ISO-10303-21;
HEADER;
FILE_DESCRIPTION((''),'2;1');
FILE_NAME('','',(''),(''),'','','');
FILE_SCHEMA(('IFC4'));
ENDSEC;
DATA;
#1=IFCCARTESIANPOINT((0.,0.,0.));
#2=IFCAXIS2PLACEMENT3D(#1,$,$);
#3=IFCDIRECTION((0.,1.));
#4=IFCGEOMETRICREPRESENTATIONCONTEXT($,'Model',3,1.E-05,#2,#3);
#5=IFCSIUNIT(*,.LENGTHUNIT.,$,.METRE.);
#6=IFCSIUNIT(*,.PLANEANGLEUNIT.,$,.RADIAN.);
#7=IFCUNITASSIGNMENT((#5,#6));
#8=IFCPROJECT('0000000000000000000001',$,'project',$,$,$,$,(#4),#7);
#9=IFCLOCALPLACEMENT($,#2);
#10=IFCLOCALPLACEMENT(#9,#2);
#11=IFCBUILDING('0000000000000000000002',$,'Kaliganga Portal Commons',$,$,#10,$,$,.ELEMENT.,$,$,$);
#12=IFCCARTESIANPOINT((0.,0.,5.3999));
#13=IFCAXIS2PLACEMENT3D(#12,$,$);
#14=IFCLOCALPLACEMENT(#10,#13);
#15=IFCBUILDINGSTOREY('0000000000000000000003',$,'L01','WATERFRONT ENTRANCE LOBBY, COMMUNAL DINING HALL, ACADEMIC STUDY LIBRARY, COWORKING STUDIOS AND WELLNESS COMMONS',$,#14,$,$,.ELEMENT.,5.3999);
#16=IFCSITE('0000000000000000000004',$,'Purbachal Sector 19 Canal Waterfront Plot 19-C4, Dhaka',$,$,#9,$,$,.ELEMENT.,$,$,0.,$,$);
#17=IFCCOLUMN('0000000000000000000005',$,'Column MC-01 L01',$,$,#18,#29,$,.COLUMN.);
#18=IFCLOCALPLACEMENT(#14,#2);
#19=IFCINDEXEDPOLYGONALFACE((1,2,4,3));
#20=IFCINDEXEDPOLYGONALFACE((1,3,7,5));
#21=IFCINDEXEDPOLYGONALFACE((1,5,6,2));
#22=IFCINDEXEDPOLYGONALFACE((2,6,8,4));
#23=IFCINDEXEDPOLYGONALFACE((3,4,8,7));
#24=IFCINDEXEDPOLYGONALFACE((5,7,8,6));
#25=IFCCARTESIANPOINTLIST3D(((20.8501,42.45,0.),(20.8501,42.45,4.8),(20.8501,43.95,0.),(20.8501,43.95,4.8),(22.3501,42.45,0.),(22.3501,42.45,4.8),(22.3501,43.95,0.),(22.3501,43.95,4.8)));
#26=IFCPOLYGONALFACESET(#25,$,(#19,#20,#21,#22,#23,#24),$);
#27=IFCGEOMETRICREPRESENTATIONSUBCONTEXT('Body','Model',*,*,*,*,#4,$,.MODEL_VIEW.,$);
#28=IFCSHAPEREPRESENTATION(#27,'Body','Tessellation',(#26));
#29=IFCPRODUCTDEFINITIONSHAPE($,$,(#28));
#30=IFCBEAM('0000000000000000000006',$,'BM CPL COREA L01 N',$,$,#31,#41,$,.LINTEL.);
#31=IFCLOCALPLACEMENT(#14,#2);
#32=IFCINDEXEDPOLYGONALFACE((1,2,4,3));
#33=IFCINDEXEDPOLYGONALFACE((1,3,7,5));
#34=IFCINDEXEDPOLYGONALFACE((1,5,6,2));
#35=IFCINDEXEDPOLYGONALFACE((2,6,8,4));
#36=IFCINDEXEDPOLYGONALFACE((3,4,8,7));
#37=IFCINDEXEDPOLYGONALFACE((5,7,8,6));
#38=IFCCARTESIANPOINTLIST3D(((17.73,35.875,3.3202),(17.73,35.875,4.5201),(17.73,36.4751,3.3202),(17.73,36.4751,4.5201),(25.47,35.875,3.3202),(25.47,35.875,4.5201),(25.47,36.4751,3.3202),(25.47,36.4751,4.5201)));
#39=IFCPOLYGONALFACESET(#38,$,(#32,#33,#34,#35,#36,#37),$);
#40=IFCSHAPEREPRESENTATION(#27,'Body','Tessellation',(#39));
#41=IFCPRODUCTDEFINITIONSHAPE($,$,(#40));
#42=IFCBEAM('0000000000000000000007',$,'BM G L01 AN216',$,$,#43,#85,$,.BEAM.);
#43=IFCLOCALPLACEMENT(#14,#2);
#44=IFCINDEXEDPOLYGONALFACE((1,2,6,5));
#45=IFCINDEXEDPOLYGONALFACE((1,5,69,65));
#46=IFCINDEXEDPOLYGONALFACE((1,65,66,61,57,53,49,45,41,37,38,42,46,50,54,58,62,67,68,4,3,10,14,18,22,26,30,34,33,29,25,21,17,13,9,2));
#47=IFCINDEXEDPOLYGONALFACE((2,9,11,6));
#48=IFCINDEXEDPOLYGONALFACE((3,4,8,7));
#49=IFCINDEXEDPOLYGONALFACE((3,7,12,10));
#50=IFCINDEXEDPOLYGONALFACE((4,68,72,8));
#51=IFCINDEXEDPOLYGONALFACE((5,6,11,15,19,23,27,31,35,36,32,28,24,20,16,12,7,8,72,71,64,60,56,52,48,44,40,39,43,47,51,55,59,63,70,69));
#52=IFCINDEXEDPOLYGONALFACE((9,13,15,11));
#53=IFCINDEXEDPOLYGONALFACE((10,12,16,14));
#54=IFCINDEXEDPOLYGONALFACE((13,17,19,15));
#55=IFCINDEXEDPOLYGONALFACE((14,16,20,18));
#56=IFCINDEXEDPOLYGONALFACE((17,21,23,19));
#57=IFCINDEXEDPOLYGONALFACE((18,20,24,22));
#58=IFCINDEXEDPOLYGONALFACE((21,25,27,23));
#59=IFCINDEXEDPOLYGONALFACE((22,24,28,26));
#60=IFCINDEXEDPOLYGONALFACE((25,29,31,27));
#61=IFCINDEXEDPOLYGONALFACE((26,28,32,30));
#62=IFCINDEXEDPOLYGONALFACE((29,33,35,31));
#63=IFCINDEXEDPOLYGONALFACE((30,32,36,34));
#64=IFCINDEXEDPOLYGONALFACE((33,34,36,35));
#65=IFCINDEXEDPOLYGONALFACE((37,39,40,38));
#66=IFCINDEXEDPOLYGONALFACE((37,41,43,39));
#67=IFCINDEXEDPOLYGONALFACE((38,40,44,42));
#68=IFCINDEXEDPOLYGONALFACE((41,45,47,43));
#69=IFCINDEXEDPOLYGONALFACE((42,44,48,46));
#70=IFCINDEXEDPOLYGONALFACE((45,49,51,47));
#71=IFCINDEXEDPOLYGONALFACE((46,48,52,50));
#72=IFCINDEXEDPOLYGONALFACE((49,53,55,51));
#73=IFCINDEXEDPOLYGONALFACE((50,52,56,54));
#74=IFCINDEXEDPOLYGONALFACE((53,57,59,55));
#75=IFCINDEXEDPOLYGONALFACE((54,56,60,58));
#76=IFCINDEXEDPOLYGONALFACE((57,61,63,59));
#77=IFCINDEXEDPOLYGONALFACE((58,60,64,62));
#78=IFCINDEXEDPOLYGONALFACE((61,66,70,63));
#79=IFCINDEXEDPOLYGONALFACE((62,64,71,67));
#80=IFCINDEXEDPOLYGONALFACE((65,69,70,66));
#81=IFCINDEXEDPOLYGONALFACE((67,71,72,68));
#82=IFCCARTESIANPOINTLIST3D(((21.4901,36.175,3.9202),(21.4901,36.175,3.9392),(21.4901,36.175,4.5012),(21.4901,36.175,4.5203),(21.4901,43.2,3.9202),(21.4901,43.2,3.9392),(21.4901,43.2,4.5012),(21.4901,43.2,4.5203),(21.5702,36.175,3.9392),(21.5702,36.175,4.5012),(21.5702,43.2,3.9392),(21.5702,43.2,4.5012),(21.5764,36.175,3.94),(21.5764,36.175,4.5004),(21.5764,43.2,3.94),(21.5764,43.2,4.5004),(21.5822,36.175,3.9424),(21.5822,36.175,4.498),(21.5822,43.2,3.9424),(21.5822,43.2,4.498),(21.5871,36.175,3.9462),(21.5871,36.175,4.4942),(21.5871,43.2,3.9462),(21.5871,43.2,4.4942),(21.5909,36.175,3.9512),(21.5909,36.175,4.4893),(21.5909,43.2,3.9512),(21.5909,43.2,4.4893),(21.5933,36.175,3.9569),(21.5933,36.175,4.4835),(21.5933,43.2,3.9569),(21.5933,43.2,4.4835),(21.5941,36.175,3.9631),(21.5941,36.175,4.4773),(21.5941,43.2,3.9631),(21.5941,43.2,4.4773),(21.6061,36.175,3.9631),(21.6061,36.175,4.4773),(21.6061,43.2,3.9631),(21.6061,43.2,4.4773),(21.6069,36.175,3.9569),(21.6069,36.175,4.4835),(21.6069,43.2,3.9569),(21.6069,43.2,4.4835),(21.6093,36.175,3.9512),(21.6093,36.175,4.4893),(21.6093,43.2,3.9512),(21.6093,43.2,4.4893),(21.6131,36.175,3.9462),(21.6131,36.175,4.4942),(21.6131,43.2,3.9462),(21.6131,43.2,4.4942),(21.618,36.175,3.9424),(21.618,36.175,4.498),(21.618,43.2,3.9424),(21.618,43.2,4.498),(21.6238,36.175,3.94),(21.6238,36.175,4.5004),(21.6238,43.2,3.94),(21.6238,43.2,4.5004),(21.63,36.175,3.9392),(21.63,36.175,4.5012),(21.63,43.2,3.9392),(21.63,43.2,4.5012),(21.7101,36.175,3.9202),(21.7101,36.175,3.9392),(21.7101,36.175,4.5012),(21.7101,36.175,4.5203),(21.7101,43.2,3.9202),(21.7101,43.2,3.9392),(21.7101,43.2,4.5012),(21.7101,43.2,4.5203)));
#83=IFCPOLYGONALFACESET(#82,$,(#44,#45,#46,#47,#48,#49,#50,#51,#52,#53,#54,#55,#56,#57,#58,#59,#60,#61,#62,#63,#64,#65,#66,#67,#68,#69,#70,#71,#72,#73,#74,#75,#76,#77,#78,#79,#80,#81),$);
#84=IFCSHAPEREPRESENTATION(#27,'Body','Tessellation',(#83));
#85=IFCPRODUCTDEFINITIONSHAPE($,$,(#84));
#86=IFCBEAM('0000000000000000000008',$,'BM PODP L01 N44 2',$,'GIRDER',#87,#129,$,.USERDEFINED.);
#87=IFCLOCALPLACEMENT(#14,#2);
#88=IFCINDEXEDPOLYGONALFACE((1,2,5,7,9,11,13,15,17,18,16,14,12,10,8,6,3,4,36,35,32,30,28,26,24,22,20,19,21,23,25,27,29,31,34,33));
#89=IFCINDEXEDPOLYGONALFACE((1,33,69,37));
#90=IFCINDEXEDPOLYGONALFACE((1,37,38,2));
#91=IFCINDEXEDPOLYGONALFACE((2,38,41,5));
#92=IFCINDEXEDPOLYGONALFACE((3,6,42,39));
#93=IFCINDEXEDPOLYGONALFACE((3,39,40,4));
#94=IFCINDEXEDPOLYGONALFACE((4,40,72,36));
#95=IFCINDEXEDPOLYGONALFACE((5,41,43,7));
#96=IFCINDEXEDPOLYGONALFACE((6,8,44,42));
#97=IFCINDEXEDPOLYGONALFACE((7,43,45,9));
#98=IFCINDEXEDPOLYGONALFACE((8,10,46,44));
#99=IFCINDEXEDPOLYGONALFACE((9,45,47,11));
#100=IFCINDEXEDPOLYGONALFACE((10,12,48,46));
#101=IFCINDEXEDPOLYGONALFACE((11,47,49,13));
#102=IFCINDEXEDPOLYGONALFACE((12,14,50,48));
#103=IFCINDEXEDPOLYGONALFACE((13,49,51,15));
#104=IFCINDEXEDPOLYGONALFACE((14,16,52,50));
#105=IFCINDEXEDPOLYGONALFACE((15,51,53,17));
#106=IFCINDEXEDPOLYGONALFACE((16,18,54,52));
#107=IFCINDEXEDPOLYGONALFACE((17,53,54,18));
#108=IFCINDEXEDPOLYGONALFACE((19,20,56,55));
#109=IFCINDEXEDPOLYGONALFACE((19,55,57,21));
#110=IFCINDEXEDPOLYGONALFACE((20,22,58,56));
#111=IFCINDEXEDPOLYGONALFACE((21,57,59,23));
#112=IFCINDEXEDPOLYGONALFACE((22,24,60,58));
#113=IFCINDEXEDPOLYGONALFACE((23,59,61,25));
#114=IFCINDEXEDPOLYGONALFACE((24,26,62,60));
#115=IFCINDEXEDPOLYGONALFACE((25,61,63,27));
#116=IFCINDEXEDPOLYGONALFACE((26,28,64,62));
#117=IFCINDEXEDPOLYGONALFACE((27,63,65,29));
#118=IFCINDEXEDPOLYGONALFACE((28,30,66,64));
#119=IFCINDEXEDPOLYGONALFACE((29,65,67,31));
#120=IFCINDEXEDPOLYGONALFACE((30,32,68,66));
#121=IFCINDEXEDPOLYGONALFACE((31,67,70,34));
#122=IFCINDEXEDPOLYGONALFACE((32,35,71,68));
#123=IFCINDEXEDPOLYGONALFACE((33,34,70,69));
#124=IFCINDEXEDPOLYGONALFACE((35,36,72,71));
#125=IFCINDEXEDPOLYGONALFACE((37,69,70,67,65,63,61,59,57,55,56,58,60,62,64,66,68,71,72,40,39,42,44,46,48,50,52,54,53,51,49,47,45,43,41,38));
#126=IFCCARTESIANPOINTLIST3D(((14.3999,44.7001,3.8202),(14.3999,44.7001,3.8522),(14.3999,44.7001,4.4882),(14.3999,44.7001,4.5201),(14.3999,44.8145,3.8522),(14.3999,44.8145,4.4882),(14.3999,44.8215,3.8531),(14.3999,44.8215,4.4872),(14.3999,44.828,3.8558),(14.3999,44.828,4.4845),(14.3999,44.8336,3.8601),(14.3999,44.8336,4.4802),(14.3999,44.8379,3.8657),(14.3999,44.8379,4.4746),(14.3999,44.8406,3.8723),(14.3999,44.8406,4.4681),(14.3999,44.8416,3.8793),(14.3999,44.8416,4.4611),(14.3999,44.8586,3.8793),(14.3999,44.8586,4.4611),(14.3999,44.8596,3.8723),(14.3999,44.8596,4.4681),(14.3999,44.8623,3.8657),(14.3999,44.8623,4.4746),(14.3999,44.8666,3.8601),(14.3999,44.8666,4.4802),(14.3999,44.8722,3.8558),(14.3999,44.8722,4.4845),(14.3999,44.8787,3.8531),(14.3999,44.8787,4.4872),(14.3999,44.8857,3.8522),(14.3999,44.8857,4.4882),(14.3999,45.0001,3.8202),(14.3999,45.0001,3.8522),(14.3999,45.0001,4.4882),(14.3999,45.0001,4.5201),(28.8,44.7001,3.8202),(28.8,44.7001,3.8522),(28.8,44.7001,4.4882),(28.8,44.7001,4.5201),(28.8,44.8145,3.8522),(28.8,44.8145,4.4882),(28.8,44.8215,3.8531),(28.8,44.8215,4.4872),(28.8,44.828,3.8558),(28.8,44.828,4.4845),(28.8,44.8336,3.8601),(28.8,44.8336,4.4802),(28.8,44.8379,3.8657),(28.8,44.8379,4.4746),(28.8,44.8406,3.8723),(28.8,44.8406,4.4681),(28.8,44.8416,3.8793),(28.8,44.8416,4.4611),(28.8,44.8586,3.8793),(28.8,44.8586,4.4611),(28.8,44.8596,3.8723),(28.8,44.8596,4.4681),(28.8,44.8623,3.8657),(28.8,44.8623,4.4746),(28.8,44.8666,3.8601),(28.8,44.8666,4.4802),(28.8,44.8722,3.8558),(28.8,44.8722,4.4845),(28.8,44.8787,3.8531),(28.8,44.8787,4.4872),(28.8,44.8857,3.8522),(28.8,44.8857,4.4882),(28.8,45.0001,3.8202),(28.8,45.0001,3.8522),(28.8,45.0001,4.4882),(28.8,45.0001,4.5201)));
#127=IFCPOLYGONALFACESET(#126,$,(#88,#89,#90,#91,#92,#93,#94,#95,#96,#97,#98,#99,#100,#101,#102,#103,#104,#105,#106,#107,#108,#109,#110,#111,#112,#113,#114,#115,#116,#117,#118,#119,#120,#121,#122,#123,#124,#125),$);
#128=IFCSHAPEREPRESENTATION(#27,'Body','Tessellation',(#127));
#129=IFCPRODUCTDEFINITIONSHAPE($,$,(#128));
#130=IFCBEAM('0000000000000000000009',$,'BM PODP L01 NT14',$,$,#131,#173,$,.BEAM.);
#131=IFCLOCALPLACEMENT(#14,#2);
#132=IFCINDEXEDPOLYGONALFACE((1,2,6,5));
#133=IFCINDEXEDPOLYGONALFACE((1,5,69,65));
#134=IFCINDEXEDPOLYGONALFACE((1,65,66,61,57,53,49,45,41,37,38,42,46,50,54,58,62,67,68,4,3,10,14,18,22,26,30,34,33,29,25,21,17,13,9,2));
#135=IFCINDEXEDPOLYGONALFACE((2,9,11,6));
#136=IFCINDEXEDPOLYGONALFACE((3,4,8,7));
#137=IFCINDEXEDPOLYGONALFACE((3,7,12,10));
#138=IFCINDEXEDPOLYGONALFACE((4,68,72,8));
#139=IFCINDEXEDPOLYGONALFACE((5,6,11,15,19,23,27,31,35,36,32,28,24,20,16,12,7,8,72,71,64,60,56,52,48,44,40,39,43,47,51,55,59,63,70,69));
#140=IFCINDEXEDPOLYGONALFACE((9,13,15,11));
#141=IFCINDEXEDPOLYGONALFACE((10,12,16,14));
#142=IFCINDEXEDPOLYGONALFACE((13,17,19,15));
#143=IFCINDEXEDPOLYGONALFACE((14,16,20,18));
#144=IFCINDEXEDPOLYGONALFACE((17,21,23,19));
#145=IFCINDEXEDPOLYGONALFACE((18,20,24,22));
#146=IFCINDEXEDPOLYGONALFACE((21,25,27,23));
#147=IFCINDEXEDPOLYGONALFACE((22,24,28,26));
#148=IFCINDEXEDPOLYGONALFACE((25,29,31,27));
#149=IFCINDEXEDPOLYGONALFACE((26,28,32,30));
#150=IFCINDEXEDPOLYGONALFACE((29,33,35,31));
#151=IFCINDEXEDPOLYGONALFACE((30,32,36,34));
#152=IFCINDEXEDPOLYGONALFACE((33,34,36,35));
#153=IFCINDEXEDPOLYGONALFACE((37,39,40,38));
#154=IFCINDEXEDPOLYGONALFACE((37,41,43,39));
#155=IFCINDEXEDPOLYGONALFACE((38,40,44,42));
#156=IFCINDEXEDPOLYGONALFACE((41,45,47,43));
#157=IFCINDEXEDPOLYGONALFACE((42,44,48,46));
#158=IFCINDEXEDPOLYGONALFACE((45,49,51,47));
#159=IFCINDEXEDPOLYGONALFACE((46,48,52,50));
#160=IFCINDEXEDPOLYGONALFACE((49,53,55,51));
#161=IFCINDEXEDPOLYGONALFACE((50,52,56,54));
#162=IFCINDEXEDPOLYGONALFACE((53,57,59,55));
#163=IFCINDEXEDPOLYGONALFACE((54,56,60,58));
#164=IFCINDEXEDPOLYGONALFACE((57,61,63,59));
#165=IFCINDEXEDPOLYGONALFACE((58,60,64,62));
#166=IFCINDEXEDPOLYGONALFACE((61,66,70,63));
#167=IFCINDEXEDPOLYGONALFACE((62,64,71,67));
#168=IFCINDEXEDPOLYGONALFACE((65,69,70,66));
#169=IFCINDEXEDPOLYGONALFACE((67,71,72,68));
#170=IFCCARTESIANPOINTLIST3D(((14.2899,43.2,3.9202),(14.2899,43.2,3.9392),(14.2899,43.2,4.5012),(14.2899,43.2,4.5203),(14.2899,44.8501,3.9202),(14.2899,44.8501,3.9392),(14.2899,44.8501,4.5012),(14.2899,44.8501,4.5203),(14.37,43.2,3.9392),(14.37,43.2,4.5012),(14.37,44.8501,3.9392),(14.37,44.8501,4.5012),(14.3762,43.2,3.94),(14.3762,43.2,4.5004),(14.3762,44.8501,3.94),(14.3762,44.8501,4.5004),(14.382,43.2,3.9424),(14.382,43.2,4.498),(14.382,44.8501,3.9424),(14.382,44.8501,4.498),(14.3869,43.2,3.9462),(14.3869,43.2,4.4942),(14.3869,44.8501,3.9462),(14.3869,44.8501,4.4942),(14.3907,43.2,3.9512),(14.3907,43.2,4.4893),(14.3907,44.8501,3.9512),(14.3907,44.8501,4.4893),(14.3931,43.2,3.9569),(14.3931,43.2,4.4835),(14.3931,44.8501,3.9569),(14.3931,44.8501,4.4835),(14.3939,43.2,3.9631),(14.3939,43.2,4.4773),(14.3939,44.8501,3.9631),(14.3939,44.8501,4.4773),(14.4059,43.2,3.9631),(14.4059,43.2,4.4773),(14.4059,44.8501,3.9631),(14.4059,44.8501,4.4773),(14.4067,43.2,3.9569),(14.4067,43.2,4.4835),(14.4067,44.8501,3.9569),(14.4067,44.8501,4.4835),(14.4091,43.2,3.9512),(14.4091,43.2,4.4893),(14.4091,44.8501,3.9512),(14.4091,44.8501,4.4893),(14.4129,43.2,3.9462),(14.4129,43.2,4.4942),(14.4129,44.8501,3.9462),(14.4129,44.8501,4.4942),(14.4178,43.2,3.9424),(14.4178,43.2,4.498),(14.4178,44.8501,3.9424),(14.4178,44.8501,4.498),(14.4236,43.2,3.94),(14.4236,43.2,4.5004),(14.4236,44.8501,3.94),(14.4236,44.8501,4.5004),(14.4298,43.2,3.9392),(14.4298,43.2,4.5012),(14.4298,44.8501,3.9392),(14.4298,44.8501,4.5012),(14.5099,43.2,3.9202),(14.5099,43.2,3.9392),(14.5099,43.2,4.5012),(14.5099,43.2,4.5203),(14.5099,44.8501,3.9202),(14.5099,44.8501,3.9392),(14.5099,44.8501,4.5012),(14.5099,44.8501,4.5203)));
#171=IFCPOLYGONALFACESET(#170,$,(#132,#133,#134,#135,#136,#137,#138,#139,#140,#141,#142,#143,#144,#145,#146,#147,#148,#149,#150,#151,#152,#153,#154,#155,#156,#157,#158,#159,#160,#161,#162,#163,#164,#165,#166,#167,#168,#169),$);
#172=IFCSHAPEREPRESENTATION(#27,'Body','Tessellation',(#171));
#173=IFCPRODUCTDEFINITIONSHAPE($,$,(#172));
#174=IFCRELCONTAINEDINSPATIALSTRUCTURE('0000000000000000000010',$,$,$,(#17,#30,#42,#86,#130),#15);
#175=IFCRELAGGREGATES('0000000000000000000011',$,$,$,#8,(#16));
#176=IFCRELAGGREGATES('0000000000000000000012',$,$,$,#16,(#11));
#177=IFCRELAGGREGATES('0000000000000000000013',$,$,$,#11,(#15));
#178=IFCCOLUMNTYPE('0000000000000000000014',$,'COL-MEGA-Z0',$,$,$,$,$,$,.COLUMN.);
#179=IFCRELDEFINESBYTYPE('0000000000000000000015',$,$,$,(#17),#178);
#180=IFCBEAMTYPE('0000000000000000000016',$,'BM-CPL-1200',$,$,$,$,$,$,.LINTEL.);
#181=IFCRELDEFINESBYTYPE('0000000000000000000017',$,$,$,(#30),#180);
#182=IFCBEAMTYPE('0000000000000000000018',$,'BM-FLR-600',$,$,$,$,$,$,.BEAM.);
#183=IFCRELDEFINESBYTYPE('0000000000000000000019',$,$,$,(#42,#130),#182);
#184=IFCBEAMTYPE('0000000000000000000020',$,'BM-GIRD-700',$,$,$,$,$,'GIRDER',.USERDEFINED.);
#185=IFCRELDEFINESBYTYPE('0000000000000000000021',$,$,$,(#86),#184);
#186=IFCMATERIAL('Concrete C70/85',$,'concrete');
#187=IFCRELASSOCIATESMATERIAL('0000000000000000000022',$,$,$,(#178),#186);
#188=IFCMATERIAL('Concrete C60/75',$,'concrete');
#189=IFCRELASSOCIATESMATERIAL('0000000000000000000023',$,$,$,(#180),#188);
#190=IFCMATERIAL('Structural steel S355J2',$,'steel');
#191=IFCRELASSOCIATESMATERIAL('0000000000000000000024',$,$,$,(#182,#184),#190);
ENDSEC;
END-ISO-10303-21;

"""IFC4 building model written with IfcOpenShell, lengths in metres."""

from ifc_helpers import new_model, si_unit, direction, frame, origin, origin_2d, place, context, subcontext, project, spatial, rectangle, i_section, extrude, source, transform, mapped, material, material_profile, profile_set, type_object, element, save


model = new_model("IFC4")

# Units and contexts
model_context = context("Model", 3, precision=1e-05, world=origin(), true_north=direction((0.0, 1.0)))
body_context = subcontext(model_context, "Body", "Model", "MODEL_VIEW")
ifc_project = project(units=[si_unit("LENGTHUNIT", "METRE"), si_unit("PLANEANGLEUNIT", "RADIAN")], contexts=[model_context])

# Site, building, storey
site_placement = place(None, origin())
site = spatial("IfcSite", under=ifc_project, at=site_placement, Name="Purbachal Sector 19 Canal Waterfront Plot 19-C4, Dhaka", CompositionType="ELEMENT", RefElevation=0.0)
building_placement = place(site_placement, origin())
building = spatial("IfcBuilding", under=site, at=building_placement, Name="Kaliganga Portal Commons", CompositionType="ELEMENT")
storey_placement = place(building_placement, frame((0.0, 0.0, 5.3999)))
storey = spatial("IfcBuildingStorey", under=building, at=storey_placement, Name="L01", Description="WATERFRONT ENTRANCE LOBBY, COMMUNAL DINING HALL, ACADEMIC STUDY LIBRARY, COWORKING STUDIOS AND WELLNESS COMMONS", CompositionType="ELEMENT", Elevation=5.3999)

# Column
ifc_material_1 = material(Name="Concrete C70/85", Category="concrete")
ifc_material_profile_1 = material_profile(ifc_material_1, rectangle(XDim=1.5, YDim=1.5, at=origin_2d()), Name="RC 1500x1500")
ifc_profile_set_1 = profile_set([ifc_material_profile_1], Name="Concrete C70/85")
column_type = type_object("IfcColumnType", Name="COL-MEGA-Z0", PredefinedType="COLUMN", material=ifc_profile_set_1)
shared_shape_1 = source(origin(), body_context, "Body", "SweptSolid", [
    extrude(rectangle(XDim=1.5, YDim=1.5, at=origin_2d()), origin(), (0.0, 0.0, 1.0), 4.8),
])
column_placement = place(storey_placement, frame((21.6001, 43.2, 0.0), z_axis=(0.0, 0.0, 1.0), x_axis=(1.0, 0.0, 0.0)))
element("IfcColumn", 1, at=column_placement, inside=storey, type_object=column_type, Name="Column MC-01 L01", PredefinedType="COLUMN", context=body_context, shape_type="MappedRepresentation", body=[
    mapped(shared_shape_1, transform((0.0, 0.0, 0.0), x_axis=(1.0, 0.0, 0.0), y_axis=(0.0, 1.0, 0.0), z_axis=(0.0, 0.0, 1.0), scale=1.0)),
])

# Beams
ifc_material_2 = material(Name="Concrete C60/75", Category="concrete")
ifc_material_profile_2 = material_profile(ifc_material_2, rectangle(XDim=0.6001, YDim=1.2, at=origin_2d()), Name="RC 600x1200")
ifc_profile_set_2 = profile_set([ifc_material_profile_2], Name="Concrete C60/75")
beam_type_1 = type_object("IfcBeamType", Name="BM-CPL-1200", PredefinedType="LINTEL", material=ifc_profile_set_2)
shared_shape_2 = source(origin(), body_context, "Body", "SweptSolid", [
    extrude(rectangle(XDim=0.6001, YDim=1.2, at=origin_2d()), origin(), (0.0, 0.0, 1.0), 7.74),
])
beam_1_placement = place(storey_placement, frame((17.73, 36.175, 3.9202), z_axis=(1.0, 0.0, 0.0), x_axis=(0.0, 1.0, 0.0)))
element("IfcBeam", 2, at=beam_1_placement, inside=storey, type_object=beam_type_1, Name="BM CPL COREA L01 N", PredefinedType="LINTEL", context=body_context, shape_type="MappedRepresentation", body=[
    mapped(shared_shape_2, transform((0.0, 0.0, 0.0), x_axis=(1.0, 0.0, 0.0), y_axis=(0.0, 1.0, 0.0), z_axis=(0.0, 0.0, 1.0), scale=1.0)),
])
ifc_material_3 = material(Name="Structural steel S355J2", Category="steel")
ifc_material_profile_3 = material_profile(ifc_material_3, i_section(OverallWidth=0.22, OverallDepth=0.6001, WebThickness=0.012, FlangeThickness=0.019, FilletRadius=0.0239, at=origin_2d()), Name="IPE 600")
ifc_profile_set_3 = profile_set([ifc_material_profile_3], Name="Structural steel S355J2 wide-flange")
beam_type_2 = type_object("IfcBeamType", Name="BM-FLR-600", PredefinedType="BEAM", material=ifc_profile_set_3)
shared_shape_3 = source(origin(), body_context, "Body", "SweptSolid", [
    extrude(i_section(OverallWidth=0.22, OverallDepth=0.6001, WebThickness=0.012, FlangeThickness=0.019, FilletRadius=0.0239, at=origin_2d()), origin(), (0.0, 0.0, 1.0), 7.0249),
])
beam_2_placement = place(storey_placement, frame((21.6001, 36.175, 4.2202), z_axis=(0.0, 1.0, 0.0), x_axis=(-1.0, 0.0, 0.0)))
element("IfcBeam", 3, at=beam_2_placement, inside=storey, type_object=beam_type_2, Name="BM G L01 AN216", PredefinedType="BEAM", context=body_context, shape_type="MappedRepresentation", body=[
    mapped(shared_shape_3, transform((0.0, 0.0, 0.0), x_axis=(1.0, 0.0, 0.0), y_axis=(0.0, 1.0, 0.0), z_axis=(0.0, 0.0, 1.0), scale=1.0)),
])
ifc_material_profile_4 = material_profile(ifc_material_3, i_section(OverallWidth=0.3, OverallDepth=0.7, WebThickness=0.0171, FlangeThickness=0.032, FilletRadius=0.0271, at=origin_2d()), Name="HE 700 B")
ifc_profile_set_4 = profile_set([ifc_material_profile_4], Name="Structural steel S355J2 wide-flange")
beam_type_3 = type_object("IfcBeamType", Name="BM-GIRD-700", ElementType="GIRDER", PredefinedType="USERDEFINED", material=ifc_profile_set_4)
shared_shape_4 = source(origin(), body_context, "Body", "SweptSolid", [
    extrude(i_section(OverallWidth=0.3, OverallDepth=0.7, WebThickness=0.0171, FlangeThickness=0.032, FilletRadius=0.0271, at=origin_2d()), origin(), (0.0, 0.0, 1.0), 14.4001),
])
beam_3_placement = place(storey_placement, frame((14.3999, 44.8501, 4.1702), z_axis=(1.0, 0.0, 0.0), x_axis=(0.0, 1.0, 0.0)))
element("IfcBeam", 4, at=beam_3_placement, inside=storey, type_object=beam_type_3, Name="BM PODP L01 N44 2", ObjectType="GIRDER", PredefinedType="USERDEFINED", context=body_context, shape_type="MappedRepresentation", body=[
    mapped(shared_shape_4, transform((0.0, 0.0, 0.0), x_axis=(1.0, 0.0, 0.0), y_axis=(0.0, 1.0, 0.0), z_axis=(0.0, 0.0, 1.0), scale=1.0)),
])
shared_shape_5 = source(origin(), body_context, "Body", "SweptSolid", [
    extrude(i_section(OverallWidth=0.22, OverallDepth=0.6001, WebThickness=0.012, FlangeThickness=0.019, FilletRadius=0.0239, at=origin_2d()), origin(), (0.0, 0.0, 1.0), 1.6501),
])
beam_4_placement = place(storey_placement, frame((14.3999, 43.2, 4.2202), z_axis=(0.0, 1.0, 0.0), x_axis=(-1.0, 0.0, 0.0)))
element("IfcBeam", 5, at=beam_4_placement, inside=storey, type_object=beam_type_2, Name="BM PODP L01 NT14", PredefinedType="BEAM", context=body_context, shape_type="MappedRepresentation", body=[
    mapped(shared_shape_5, transform((0.0, 0.0, 0.0), x_axis=(1.0, 0.0, 0.0), y_axis=(0.0, 1.0, 0.0), z_axis=(0.0, 0.0, 1.0), scale=1.0)),
])

save(model, "model.ifc")
